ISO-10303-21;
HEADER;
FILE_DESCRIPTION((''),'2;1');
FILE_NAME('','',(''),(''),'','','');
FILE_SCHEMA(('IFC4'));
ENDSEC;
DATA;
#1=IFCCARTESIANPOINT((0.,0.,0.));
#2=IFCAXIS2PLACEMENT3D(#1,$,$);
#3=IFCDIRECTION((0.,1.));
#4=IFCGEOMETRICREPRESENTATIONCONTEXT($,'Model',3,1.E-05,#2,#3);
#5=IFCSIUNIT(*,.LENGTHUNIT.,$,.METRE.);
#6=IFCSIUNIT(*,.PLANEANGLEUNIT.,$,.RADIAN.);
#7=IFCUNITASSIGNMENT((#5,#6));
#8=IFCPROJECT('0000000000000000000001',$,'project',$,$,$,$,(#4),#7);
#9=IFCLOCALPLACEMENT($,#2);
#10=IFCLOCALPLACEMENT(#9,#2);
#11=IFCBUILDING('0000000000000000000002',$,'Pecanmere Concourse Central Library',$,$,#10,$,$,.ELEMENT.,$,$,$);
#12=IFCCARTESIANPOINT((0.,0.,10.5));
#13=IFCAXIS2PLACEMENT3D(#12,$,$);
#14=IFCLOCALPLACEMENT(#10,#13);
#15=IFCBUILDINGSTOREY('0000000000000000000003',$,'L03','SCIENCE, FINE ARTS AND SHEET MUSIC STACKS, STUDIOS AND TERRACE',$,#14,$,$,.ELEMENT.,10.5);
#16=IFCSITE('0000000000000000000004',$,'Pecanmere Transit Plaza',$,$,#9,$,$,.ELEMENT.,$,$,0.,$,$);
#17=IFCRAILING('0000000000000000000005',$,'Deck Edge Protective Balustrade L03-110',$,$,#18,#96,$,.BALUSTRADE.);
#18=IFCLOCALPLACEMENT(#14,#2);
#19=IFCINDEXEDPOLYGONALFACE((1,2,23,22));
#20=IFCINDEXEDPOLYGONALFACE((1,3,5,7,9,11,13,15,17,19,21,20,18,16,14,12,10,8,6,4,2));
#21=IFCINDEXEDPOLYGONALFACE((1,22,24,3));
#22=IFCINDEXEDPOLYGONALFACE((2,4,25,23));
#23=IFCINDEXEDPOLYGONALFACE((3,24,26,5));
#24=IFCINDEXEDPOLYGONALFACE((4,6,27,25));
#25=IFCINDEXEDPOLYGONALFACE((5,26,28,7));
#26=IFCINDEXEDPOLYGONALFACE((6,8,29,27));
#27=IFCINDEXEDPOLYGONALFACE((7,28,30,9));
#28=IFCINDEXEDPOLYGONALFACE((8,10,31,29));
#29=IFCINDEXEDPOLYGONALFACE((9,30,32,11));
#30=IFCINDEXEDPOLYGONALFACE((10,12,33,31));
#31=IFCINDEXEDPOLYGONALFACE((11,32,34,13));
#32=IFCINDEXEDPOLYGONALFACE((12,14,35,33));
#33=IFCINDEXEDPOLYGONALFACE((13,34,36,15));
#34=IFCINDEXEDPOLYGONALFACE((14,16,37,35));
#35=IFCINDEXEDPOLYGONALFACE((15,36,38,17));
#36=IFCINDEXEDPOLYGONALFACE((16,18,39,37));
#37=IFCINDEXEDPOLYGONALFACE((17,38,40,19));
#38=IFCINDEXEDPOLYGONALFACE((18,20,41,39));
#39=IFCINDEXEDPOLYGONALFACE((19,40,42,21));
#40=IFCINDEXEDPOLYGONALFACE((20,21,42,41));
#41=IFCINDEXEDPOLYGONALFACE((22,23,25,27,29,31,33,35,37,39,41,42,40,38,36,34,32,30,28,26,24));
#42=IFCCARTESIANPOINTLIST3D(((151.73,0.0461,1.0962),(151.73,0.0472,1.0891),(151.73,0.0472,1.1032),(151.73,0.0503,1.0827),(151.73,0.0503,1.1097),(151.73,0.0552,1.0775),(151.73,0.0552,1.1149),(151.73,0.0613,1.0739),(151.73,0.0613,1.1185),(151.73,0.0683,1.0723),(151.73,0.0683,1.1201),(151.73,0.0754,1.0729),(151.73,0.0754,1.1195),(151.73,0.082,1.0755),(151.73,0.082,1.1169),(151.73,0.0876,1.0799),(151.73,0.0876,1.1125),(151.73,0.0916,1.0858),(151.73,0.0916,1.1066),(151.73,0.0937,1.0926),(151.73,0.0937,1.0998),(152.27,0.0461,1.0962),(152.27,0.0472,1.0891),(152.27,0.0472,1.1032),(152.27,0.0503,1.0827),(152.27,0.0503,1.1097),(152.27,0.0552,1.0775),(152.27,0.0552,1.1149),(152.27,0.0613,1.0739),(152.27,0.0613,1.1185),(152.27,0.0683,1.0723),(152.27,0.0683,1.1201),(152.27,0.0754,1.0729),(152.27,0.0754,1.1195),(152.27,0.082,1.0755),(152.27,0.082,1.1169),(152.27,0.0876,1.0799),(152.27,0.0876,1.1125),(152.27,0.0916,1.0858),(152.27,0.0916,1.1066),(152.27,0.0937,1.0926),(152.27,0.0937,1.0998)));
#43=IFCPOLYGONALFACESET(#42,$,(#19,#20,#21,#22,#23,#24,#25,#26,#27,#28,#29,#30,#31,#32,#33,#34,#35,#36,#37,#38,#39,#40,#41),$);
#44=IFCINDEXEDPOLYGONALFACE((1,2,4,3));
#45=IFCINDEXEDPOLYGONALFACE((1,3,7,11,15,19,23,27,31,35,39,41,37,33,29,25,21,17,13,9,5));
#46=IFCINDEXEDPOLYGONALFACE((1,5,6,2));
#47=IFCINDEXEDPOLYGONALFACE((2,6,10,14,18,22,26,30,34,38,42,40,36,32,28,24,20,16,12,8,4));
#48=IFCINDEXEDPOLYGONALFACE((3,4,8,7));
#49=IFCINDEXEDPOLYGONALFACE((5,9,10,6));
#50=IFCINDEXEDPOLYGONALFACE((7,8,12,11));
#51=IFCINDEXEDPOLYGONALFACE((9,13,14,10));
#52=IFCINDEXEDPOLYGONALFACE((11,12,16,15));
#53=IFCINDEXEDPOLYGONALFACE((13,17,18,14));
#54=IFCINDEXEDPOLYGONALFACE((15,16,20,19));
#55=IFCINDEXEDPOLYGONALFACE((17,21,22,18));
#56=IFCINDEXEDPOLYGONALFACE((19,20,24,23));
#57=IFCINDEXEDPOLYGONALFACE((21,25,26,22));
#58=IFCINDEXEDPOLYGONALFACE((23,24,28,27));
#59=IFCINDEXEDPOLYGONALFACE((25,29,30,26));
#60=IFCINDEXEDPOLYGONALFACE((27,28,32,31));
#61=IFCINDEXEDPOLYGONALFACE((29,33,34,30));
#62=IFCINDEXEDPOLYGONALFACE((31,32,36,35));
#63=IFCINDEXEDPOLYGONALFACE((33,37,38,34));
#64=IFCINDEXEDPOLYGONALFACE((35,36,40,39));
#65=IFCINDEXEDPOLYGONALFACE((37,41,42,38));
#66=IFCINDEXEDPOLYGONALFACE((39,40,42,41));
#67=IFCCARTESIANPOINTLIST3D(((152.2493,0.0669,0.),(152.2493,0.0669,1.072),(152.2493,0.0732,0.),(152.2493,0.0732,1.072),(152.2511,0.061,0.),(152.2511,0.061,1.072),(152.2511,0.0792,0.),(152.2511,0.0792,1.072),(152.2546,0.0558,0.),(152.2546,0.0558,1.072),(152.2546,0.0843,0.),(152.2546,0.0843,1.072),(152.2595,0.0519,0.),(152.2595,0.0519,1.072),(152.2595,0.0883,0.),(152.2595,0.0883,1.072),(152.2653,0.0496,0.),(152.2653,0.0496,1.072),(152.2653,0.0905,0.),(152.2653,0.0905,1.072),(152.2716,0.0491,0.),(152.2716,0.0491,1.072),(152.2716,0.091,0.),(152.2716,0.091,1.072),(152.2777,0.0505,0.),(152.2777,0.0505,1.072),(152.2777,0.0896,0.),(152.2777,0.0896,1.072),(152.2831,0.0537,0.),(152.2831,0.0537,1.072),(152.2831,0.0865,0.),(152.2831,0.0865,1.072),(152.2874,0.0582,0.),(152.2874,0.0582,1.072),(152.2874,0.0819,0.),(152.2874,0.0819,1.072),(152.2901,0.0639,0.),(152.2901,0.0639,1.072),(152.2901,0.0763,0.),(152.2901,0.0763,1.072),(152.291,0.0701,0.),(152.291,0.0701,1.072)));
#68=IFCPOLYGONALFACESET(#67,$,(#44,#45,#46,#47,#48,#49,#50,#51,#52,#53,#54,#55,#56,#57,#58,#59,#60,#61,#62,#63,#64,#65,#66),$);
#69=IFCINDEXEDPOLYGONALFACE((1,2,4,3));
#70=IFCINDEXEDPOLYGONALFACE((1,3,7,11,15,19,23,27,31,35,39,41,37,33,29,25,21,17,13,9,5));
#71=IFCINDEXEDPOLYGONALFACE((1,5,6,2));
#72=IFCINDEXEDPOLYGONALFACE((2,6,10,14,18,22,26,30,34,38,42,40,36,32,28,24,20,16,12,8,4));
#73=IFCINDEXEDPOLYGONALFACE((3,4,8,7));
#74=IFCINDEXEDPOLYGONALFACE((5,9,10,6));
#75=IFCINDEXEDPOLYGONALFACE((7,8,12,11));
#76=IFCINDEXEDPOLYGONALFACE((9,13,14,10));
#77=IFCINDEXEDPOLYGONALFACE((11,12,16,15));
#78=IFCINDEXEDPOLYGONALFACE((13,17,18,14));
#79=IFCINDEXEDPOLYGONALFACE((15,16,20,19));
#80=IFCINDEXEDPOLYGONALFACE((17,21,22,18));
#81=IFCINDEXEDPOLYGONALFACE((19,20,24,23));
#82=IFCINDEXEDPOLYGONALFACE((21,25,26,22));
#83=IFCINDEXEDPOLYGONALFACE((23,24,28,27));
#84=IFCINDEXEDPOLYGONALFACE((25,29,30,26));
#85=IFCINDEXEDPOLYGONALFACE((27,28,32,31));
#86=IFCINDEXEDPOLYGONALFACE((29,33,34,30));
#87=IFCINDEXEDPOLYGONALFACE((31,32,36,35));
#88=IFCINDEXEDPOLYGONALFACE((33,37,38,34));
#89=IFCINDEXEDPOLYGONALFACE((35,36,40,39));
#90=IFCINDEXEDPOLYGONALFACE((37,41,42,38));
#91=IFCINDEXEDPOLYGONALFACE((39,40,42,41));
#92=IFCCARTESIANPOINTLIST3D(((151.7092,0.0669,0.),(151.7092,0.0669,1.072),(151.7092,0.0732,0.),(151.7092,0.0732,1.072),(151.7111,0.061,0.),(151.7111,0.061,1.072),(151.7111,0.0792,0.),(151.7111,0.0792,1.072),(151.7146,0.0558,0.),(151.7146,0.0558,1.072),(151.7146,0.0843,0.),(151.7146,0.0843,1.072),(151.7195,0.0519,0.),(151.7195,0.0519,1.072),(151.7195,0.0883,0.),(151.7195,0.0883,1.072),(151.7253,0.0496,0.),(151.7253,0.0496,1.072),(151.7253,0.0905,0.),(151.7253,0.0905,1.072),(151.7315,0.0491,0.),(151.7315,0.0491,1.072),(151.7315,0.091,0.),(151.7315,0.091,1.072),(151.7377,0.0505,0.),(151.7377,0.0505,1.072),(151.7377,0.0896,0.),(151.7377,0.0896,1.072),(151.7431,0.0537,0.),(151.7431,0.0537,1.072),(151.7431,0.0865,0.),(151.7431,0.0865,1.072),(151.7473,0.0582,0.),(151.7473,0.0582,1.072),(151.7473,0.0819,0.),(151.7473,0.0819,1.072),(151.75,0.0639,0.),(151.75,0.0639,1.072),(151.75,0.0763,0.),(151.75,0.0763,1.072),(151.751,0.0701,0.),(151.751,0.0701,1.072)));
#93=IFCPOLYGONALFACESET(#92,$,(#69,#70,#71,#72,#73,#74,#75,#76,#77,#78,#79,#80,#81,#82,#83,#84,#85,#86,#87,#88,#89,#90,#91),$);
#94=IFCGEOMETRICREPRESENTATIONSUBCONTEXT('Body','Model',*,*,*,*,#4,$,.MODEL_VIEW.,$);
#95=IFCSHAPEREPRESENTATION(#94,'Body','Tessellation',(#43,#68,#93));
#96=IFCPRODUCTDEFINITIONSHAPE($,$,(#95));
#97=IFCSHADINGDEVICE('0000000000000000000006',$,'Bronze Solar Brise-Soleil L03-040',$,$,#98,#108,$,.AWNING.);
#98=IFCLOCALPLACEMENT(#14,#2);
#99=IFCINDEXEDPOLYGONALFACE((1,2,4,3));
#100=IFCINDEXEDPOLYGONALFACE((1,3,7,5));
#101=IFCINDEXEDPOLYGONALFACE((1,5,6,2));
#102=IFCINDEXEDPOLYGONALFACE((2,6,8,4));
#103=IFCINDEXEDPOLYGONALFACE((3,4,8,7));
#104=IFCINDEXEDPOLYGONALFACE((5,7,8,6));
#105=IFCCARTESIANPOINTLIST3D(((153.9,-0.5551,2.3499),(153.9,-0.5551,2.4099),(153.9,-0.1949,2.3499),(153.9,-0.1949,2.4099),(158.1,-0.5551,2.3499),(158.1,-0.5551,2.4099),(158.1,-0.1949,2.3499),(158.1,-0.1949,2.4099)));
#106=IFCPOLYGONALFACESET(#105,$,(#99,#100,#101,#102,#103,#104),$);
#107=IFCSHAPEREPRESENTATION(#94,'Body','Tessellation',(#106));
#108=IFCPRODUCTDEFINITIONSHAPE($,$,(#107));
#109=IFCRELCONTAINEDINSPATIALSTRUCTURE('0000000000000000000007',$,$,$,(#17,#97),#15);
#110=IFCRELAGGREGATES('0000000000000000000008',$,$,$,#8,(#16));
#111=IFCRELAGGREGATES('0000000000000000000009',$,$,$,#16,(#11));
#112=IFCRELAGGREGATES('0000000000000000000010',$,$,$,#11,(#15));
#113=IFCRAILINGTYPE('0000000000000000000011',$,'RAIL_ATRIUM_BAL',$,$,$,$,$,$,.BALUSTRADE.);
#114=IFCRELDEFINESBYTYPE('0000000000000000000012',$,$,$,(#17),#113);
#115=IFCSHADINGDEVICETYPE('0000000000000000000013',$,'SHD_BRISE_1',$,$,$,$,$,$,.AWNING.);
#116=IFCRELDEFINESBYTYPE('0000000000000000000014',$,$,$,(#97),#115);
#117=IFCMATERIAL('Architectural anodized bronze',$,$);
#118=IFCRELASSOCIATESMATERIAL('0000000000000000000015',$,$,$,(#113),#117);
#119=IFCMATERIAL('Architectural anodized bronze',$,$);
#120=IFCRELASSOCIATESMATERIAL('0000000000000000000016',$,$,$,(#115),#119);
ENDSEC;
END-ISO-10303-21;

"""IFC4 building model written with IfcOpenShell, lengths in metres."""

from ifc_helpers import new_model, si_unit, direction, frame, origin, origin_2d, place, context, subcontext, project, spatial, rectangle, circle, extrude, material, type_object, element, save


model = new_model("IFC4")

# Units and contexts
model_context = context("Model", 3, precision=1e-05, world=origin(), true_north=direction((0.0, 1.0)))
body_context = subcontext(model_context, "Body", "Model", "MODEL_VIEW")
ifc_project = project(units=[si_unit("LENGTHUNIT", "METRE"), si_unit("PLANEANGLEUNIT", "RADIAN")], contexts=[model_context])

# Site, building, storey
site_placement = place(None, origin())
site = spatial("IfcSite", under=ifc_project, at=site_placement, Name="Pecanmere Transit Plaza", CompositionType="ELEMENT", RefElevation=0.0)
building_placement = place(site_placement, origin())
building = spatial("IfcBuilding", under=site, at=building_placement, Name="Pecanmere Concourse Central Library", CompositionType="ELEMENT")
storey_placement = place(building_placement, frame((0.0, 0.0, 10.5)))
storey = spatial("IfcBuildingStorey", under=building, at=storey_placement, Name="L03", Description="SCIENCE, FINE ARTS AND SHEET MUSIC STACKS, STUDIOS AND TERRACE", CompositionType="ELEMENT", Elevation=10.5)

# Railing
ifc_material_1 = material(Name="Architectural anodized bronze")
railing_type = type_object("IfcRailingType", Name="RAIL_ATRIUM_BAL", PredefinedType="BALUSTRADE", material=ifc_material_1)
railing_1_placement = place(storey_placement, frame((152.27, 0.0701, 0.0)))
element("IfcRailing", 1, at=railing_1_placement, inside=storey, type_object=railing_type, Name="Deck Edge Protective Balustrade L03-110", PredefinedType="BALUSTRADE", context=body_context, shape_type="SweptSolid", body=[
    extrude(circle(Radius=0.0239, at=origin_2d()), frame((0.0, 0.0, 1.0962), z_axis=(-1.0, 0.0, 0.0), x_axis=(0.0, -1.0, 0.0)), (0.0, 0.0, 1.0), 0.54),
    extrude(circle(Radius=0.021, at=origin_2d()), origin(), (0.0, 0.0, 1.0), 1.072),
    extrude(circle(Radius=0.021, at=origin_2d()), frame((-0.54, 0.0, 0.0)), (0.0, 0.0, 1.0), 1.072),
])

# Shading device
ifc_material_2 = material(Name="Architectural anodized bronze")
shading_device_type = type_object("IfcShadingDeviceType", Name="SHD_BRISE_1", PredefinedType="AWNING", material=ifc_material_2)
shading_device_placement = place(storey_placement, frame((156.0, -0.375, 2.3499), z_axis=(0.0, 0.0, 1.0), x_axis=(1.0, 0.0, 0.0)))
element("IfcShadingDevice", 2, at=shading_device_placement, inside=storey, type_object=shading_device_type, Name="Bronze Solar Brise-Soleil L03-040", PredefinedType="AWNING", context=body_context, shape_type="SweptSolid", body=[
    extrude(rectangle(XDim=4.2, YDim=0.3601, at=origin_2d()), origin(), (0.0, 0.0, 1.0), 0.0601),
])

save(model, "model.ifc")
